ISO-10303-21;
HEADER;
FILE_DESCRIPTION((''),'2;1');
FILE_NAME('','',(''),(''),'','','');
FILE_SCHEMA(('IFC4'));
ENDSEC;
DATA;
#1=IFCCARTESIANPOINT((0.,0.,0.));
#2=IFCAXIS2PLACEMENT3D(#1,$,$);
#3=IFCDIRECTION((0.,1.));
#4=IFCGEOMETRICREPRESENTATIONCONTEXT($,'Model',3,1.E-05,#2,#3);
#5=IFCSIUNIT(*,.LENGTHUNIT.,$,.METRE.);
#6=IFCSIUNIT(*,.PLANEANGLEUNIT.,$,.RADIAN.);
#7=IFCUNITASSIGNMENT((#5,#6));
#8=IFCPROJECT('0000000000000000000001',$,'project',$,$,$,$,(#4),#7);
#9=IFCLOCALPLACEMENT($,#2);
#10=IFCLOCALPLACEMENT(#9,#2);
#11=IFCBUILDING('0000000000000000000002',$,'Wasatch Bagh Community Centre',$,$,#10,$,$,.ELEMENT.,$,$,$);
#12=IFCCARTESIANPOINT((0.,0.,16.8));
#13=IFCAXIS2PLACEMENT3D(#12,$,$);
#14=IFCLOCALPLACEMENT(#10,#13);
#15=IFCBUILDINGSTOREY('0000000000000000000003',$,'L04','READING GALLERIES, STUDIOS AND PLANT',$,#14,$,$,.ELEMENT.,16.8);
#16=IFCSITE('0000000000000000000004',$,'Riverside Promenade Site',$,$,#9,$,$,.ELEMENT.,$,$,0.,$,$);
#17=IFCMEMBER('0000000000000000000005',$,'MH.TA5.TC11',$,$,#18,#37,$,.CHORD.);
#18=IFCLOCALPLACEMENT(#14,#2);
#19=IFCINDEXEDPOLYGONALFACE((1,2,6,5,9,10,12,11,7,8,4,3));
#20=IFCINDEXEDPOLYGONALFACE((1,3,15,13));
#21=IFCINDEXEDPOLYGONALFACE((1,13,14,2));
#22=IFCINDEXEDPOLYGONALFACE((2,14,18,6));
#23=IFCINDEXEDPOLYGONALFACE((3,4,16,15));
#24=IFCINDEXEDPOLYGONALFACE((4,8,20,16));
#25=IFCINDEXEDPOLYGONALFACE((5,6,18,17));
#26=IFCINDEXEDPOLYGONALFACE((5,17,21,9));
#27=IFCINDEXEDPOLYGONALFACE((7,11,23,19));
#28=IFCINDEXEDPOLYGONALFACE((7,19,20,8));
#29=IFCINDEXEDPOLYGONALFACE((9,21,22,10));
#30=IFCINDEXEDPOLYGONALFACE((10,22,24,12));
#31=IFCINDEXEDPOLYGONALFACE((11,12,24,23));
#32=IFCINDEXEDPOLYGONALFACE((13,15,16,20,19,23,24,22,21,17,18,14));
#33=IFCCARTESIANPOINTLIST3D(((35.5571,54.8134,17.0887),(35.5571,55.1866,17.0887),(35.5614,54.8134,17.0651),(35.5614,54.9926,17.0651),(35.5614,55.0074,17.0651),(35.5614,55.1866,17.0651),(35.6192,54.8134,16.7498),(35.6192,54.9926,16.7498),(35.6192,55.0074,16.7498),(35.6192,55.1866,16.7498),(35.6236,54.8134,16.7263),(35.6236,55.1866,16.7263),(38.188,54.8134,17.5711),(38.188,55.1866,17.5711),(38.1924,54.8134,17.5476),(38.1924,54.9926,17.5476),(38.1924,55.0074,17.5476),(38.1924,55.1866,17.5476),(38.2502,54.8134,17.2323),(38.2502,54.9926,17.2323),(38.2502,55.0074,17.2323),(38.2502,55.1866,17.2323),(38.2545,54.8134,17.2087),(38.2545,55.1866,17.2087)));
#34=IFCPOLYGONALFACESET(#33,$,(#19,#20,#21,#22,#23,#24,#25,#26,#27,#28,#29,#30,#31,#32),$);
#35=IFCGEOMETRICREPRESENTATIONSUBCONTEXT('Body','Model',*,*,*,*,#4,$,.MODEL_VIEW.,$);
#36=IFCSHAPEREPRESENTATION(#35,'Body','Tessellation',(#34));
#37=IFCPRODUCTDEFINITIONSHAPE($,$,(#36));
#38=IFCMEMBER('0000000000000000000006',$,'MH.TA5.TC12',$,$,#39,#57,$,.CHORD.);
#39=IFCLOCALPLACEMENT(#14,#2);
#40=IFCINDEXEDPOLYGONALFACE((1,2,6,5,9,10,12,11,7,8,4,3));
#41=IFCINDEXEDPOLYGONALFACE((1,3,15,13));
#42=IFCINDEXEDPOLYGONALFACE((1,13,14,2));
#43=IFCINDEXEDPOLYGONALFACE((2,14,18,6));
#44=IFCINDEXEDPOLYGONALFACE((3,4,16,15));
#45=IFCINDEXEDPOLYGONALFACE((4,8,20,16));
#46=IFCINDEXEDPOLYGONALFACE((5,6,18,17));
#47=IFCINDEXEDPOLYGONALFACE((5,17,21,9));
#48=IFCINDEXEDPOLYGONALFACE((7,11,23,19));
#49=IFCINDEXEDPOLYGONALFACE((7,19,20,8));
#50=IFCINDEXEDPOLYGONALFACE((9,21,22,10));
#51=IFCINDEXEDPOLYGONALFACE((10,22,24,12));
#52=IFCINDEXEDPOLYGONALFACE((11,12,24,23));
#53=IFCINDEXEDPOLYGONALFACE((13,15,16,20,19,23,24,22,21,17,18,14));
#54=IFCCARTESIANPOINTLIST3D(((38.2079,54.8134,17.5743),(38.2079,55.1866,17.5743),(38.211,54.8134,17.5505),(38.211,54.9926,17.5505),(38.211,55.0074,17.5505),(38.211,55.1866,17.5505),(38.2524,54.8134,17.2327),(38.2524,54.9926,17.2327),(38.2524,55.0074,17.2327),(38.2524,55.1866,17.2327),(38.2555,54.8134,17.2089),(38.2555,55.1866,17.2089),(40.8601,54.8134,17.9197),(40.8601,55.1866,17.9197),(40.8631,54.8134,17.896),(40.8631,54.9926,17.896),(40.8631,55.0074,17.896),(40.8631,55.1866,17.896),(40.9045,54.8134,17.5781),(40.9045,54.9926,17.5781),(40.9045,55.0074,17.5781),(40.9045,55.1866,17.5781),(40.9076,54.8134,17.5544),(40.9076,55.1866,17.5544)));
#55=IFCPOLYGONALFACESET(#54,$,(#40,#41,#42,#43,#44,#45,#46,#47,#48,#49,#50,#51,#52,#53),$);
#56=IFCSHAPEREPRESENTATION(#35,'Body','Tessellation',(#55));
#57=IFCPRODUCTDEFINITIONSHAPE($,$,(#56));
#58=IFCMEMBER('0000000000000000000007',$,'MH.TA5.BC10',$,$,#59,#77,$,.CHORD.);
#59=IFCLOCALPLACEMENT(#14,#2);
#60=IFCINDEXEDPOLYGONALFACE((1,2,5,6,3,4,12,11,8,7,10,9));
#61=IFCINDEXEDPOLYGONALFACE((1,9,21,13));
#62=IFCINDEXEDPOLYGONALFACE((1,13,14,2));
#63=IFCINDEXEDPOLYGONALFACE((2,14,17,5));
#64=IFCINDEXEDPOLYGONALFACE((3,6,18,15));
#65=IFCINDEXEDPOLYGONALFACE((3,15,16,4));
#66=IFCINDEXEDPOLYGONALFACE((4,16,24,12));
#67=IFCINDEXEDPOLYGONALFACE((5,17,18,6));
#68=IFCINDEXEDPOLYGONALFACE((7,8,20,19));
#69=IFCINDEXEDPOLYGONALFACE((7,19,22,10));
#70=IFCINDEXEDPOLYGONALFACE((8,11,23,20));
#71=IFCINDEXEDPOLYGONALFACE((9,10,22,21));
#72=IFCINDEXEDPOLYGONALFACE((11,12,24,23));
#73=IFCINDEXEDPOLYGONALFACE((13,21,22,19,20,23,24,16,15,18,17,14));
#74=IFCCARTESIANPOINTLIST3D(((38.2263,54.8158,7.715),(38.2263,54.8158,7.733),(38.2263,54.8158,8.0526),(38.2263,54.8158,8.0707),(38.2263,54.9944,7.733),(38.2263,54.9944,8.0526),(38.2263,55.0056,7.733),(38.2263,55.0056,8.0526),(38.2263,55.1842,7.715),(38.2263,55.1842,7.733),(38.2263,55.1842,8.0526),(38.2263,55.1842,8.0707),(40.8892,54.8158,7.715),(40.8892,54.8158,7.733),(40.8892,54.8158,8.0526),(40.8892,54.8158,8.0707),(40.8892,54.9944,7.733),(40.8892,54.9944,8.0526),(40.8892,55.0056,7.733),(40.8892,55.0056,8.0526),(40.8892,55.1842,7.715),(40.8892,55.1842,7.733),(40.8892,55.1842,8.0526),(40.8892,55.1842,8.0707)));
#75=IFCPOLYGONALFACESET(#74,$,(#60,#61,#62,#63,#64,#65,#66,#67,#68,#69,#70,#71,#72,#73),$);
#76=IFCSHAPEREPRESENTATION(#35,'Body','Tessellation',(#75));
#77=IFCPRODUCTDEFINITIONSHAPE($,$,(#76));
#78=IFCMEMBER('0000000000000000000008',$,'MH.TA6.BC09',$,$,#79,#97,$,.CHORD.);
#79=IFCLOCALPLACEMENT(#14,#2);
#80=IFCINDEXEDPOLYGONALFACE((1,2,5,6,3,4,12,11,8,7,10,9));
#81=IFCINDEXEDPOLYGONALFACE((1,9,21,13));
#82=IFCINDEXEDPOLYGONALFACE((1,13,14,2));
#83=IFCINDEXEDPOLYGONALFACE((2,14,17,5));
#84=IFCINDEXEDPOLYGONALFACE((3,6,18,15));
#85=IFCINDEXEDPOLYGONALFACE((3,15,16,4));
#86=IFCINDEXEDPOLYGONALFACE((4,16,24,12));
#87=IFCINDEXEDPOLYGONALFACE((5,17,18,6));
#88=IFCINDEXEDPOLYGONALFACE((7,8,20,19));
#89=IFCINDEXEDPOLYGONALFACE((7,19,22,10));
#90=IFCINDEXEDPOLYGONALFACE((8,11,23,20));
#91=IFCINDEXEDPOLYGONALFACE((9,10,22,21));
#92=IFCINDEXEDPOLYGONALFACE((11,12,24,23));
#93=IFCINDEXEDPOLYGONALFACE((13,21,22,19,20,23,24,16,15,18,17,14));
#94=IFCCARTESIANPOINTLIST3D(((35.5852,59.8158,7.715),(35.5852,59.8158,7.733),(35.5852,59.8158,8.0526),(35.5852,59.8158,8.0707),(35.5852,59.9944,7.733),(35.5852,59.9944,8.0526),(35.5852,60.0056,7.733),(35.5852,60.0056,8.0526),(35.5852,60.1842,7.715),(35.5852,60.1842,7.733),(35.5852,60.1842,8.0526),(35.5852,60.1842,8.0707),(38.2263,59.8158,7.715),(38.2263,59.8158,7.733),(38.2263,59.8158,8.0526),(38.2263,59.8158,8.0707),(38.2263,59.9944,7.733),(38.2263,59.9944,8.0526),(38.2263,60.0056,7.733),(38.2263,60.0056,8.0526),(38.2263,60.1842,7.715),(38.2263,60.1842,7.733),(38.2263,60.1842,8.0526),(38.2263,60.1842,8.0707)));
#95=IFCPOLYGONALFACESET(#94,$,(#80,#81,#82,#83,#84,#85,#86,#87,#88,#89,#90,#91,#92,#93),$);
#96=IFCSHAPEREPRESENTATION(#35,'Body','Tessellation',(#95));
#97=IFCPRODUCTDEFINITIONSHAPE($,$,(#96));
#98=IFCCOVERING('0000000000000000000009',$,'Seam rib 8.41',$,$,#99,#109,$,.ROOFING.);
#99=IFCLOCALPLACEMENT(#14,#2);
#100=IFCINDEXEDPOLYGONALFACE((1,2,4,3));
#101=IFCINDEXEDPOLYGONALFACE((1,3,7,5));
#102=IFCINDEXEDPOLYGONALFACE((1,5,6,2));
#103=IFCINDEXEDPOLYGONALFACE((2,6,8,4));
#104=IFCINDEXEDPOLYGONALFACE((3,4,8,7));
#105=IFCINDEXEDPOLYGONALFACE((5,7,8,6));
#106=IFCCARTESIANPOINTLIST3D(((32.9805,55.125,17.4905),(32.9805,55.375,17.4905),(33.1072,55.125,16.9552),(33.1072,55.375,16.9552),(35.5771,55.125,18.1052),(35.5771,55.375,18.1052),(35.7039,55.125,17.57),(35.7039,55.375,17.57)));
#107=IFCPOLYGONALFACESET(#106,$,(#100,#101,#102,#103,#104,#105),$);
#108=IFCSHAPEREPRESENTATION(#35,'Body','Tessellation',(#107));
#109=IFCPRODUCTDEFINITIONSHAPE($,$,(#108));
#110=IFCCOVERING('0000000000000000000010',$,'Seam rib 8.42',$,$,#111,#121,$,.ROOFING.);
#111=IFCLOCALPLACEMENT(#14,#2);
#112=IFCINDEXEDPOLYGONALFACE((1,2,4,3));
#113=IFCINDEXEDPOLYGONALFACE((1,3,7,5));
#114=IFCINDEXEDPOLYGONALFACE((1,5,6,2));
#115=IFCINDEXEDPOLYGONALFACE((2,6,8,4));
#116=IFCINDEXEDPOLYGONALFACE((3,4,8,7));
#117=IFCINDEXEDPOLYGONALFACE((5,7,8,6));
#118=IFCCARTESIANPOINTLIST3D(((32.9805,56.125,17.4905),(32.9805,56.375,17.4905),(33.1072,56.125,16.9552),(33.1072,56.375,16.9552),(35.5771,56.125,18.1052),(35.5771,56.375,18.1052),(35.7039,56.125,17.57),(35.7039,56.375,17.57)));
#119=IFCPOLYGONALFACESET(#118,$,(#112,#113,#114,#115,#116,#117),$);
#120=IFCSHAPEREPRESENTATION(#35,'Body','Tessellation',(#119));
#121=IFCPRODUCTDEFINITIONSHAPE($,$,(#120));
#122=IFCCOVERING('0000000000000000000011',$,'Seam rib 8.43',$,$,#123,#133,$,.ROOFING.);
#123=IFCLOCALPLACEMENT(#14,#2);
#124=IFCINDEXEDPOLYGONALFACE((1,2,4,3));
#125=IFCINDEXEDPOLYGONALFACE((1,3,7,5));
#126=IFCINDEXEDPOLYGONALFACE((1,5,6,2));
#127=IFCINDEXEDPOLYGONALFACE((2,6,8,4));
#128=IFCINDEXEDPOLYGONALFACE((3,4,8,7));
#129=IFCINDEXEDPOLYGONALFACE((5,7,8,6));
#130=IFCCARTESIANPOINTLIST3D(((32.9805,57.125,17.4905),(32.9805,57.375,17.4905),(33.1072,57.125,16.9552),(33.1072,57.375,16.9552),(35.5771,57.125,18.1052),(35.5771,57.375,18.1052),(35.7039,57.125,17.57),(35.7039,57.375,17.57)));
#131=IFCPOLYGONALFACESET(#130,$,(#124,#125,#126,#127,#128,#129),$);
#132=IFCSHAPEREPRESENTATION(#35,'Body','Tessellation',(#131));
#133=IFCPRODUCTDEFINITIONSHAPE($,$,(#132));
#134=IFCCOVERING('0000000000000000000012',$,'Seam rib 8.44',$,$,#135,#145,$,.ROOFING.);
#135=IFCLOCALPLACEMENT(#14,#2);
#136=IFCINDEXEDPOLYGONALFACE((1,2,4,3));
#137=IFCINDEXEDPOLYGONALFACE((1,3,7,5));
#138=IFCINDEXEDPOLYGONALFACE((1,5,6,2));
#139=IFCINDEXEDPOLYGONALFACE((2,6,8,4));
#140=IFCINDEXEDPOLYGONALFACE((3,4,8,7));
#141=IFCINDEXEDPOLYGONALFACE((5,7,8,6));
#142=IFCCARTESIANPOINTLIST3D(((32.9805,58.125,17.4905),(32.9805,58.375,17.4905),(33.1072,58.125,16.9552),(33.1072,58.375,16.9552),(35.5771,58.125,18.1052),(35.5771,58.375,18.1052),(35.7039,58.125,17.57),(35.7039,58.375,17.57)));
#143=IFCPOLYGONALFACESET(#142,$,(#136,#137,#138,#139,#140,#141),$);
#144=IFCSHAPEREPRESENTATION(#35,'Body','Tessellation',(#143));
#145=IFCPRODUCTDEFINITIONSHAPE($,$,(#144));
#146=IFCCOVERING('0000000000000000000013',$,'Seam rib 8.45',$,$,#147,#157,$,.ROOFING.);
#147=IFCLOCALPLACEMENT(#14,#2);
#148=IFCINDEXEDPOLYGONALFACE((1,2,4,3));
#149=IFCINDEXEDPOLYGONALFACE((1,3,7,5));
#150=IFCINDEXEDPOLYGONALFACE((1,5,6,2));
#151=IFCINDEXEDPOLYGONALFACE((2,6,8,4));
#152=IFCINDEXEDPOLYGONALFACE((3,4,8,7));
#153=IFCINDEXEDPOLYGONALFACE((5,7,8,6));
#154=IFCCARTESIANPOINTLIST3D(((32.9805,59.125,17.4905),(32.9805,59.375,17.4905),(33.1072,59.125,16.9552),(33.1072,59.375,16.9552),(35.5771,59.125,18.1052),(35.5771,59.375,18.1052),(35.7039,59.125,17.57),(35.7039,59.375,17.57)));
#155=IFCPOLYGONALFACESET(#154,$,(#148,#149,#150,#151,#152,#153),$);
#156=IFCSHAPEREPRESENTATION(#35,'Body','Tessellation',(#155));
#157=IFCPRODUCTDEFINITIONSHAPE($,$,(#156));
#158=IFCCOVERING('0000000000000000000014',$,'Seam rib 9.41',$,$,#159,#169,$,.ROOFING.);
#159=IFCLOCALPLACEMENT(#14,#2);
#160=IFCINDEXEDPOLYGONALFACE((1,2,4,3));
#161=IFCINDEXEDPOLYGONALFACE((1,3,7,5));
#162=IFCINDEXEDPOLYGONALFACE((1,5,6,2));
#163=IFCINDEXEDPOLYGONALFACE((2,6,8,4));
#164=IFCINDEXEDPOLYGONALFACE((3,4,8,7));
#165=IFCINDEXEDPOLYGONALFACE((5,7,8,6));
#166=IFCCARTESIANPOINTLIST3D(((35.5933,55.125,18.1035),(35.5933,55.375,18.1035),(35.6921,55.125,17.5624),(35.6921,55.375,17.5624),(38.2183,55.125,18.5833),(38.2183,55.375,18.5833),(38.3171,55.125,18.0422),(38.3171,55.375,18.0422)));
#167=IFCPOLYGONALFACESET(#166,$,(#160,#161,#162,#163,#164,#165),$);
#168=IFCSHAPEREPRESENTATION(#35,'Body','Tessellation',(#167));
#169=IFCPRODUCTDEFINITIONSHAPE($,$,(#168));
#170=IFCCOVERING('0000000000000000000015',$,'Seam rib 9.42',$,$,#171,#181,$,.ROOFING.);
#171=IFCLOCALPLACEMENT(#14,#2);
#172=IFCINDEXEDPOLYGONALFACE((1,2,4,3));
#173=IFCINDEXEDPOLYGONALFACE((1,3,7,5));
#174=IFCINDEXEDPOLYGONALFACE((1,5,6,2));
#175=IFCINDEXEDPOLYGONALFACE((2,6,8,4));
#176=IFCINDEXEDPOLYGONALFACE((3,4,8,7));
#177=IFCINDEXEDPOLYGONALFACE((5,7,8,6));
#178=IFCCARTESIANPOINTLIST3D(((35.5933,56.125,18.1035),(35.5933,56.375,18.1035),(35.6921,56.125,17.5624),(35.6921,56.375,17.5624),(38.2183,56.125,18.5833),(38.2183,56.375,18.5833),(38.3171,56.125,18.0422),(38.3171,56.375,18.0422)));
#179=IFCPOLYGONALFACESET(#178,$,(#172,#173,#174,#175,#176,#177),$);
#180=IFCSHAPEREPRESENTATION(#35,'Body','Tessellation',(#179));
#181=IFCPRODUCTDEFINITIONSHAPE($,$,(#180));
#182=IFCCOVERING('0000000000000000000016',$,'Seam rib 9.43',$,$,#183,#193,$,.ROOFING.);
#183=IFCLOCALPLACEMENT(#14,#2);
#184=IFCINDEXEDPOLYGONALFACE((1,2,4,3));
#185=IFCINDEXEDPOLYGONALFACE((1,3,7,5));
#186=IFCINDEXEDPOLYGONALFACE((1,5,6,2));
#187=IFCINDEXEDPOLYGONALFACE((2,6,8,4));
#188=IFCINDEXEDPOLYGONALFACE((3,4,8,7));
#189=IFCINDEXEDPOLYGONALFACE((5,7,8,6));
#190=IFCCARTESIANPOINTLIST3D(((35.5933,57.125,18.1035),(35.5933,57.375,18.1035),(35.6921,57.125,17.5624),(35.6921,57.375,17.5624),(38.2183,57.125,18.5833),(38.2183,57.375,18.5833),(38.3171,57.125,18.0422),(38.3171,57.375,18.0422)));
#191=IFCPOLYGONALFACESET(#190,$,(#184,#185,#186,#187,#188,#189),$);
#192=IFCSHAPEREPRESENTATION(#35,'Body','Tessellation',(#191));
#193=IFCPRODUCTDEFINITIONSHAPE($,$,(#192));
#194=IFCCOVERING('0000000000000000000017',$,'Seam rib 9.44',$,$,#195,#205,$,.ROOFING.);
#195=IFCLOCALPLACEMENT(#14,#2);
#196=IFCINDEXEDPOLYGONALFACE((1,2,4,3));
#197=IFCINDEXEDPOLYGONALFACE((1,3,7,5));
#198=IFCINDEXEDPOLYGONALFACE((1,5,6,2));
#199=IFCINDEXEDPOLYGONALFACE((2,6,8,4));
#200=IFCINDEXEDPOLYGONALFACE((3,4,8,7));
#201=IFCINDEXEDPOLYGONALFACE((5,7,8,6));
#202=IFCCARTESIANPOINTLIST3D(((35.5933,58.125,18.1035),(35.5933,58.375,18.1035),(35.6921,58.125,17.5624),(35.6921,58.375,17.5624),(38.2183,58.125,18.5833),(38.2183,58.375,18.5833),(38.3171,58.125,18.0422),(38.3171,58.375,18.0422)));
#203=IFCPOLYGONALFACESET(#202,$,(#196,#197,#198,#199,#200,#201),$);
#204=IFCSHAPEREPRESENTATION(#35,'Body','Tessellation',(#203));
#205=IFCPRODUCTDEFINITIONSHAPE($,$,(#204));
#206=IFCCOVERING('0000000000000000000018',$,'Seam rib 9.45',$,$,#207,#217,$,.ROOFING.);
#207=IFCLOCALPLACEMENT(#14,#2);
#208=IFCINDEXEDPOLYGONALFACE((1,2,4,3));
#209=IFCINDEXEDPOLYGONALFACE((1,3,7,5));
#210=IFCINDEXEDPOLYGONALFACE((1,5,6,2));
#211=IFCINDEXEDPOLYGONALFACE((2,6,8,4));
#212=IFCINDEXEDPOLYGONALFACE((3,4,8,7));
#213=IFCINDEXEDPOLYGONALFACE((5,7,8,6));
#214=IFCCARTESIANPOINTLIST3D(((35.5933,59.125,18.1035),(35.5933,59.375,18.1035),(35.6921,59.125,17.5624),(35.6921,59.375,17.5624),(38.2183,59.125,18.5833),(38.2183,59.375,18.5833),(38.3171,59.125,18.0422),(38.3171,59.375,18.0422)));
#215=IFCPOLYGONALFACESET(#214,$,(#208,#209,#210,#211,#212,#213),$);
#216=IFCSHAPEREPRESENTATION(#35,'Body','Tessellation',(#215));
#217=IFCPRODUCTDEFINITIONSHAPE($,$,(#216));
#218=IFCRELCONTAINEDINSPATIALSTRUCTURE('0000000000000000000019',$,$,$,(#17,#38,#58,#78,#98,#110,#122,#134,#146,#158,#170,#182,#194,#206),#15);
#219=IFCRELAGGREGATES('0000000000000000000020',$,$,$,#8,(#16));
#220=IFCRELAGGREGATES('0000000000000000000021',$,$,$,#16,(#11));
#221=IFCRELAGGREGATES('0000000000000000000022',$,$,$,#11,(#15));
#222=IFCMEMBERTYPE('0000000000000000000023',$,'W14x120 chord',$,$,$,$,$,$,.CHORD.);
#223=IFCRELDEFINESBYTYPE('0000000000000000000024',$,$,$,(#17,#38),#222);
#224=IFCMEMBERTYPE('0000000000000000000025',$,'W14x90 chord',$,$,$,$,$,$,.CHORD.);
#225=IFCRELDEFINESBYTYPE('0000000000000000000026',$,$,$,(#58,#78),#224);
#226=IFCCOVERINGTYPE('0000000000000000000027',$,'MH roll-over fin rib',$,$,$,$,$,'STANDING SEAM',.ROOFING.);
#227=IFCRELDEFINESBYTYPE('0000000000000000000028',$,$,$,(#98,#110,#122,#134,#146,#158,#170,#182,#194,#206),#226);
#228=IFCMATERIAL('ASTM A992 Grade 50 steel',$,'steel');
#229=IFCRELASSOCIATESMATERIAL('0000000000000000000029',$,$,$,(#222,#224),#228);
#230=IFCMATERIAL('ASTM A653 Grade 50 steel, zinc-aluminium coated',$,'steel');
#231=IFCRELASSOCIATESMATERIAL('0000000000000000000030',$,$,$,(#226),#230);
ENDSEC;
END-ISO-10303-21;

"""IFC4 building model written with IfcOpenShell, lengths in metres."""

from ifc_helpers import new_model, si_unit, direction, frame, origin, origin_2d, place, context, subcontext, project, spatial, polyline, i_section, outline, extrude, material, material_profile, profile_set, type_object, element, save


model = new_model("IFC4")

# Units and contexts
model_context = context("Model", 3, precision=1e-05, world=origin(), true_north=direction((0.0, 1.0)))
body_context = subcontext(model_context, "Body", "Model", "MODEL_VIEW")
ifc_project = project(units=[si_unit("LENGTHUNIT", "METRE"), si_unit("PLANEANGLEUNIT", "RADIAN")], contexts=[model_context])

# Site, building, storey
site_placement = place(None, origin())
site = spatial("IfcSite", under=ifc_project, at=site_placement, Name="Riverside Promenade Site", CompositionType="ELEMENT", RefElevation=0.0)
building_placement = place(site_placement, origin())
building = spatial("IfcBuilding", under=site, at=building_placement, Name="Wasatch Bagh Community Centre", CompositionType="ELEMENT")
storey_placement = place(building_placement, frame((0.0, 0.0, 16.8)))
storey = spatial("IfcBuildingStorey", under=building, at=storey_placement, Name="L04", Description="READING GALLERIES, STUDIOS AND PLANT", CompositionType="ELEMENT", Elevation=16.8)

# Members
ifc_material_1 = material(Name="ASTM A992 Grade 50 steel", Category="steel")
ifc_material_profile_1 = material_profile(ifc_material_1, i_section(OverallWidth=0.3733, OverallDepth=0.3684, WebThickness=0.0149, FlangeThickness=0.0239, at=origin_2d()), Name="W14x120")
ifc_profile_set_1 = profile_set([ifc_material_profile_1], Name="ASTM A992 Grade 50 steel")
member_type_1 = type_object("IfcMemberType", Name="W14x120 chord", PredefinedType="CHORD", material=ifc_profile_set_1)
member_1_placement = place(storey_placement, frame((35.5903, 55.0, 16.9075), z_axis=(0.9836, 0.0, 0.180363), x_axis=(0.0, 1.0, 0.0)))
element("IfcMember", 1, at=member_1_placement, inside=storey, type_object=member_type_1, Name="MH.TA5.TC11", PredefinedType="CHORD", context=body_context, shape_type="SweptSolid", body=[
    extrude(i_section(OverallWidth=0.3733, OverallDepth=0.3684, WebThickness=0.0149, FlangeThickness=0.0239, at=origin_2d()), origin(), (0.0, 0.0, 1.0), 2.6748),
])
member_2_placement = place(storey_placement, frame((38.2317, 55.0, 17.3916), z_axis=(0.991623, 0.0, 0.129167), x_axis=(0.0, 1.0, 0.0)))
element("IfcMember", 2, at=member_2_placement, inside=storey, type_object=member_type_1, Name="MH.TA5.TC12", PredefinedType="CHORD", context=body_context, shape_type="SweptSolid", body=[
    extrude(i_section(OverallWidth=0.3733, OverallDepth=0.3684, WebThickness=0.0149, FlangeThickness=0.0239, at=origin_2d()), origin(), (0.0, 0.0, 1.0), 2.6746),
])
ifc_material_profile_2 = material_profile(ifc_material_1, i_section(OverallWidth=0.3684, OverallDepth=0.3557, WebThickness=0.0112, FlangeThickness=0.0181, at=origin_2d()), Name="W14x90")
ifc_profile_set_2 = profile_set([ifc_material_profile_2], Name="ASTM A992 Grade 50 steel")
member_type_2 = type_object("IfcMemberType", Name="W14x90 chord", PredefinedType="CHORD", material=ifc_profile_set_2)
member_3_placement = place(storey_placement, frame((38.2263, 55.0, 7.8928), z_axis=(1.0, 0.0, 0.0), x_axis=(0.0, 1.0, 0.0)))
element("IfcMember", 3, at=member_3_placement, inside=storey, type_object=member_type_2, Name="MH.TA5.BC10", PredefinedType="CHORD", context=body_context, shape_type="SweptSolid", body=[
    extrude(i_section(OverallWidth=0.3684, OverallDepth=0.3557, WebThickness=0.0112, FlangeThickness=0.0181, at=origin_2d()), origin(), (0.0, 0.0, 1.0), 2.6628),
])
member_4_placement = place(storey_placement, frame((35.5852, 60.0, 7.8928), z_axis=(1.0, 0.0, 0.0), x_axis=(0.0, 1.0, 0.0)))
element("IfcMember", 4, at=member_4_placement, inside=storey, type_object=member_type_2, Name="MH.TA6.BC09", PredefinedType="CHORD", context=body_context, shape_type="SweptSolid", body=[
    extrude(i_section(OverallWidth=0.3684, OverallDepth=0.3557, WebThickness=0.0112, FlangeThickness=0.0181, at=origin_2d()), origin(), (0.0, 0.0, 1.0), 2.6411),
])

# Coverings
ifc_material_2 = material(Name="ASTM A653 Grade 50 steel, zinc-aluminium coated", Category="steel")
covering_type = type_object("IfcCoveringType", Name="MH roll-over fin rib", ElementType="STANDING SEAM", PredefinedType="ROOFING", material=ifc_material_2)
for number, where, z_axis, x_axis, name in (
    (5, (32.9805, 55.125, 17.4905), (-0.230375, 0.0, 0.973102), (0.973102, 0.0, 0.230375), "Seam rib 8.41"),
    (6, (32.9805, 56.125, 17.4905), (-0.230375, 0.0, 0.973102), (0.973102, 0.0, 0.230375), "Seam rib 8.42"),
    (7, (32.9805, 57.125, 17.4905), (-0.230375, 0.0, 0.973102), (0.973102, 0.0, 0.230375), "Seam rib 8.43"),
    (8, (32.9805, 58.125, 17.4905), (-0.230375, 0.0, 0.973102), (0.973102, 0.0, 0.230375), "Seam rib 8.44"),
    (9, (32.9805, 59.125, 17.4905), (-0.230375, 0.0, 0.973102), (0.973102, 0.0, 0.230375), "Seam rib 8.45"),
):
    element("IfcCovering", number, at=place(storey_placement, frame(where, z_axis=z_axis, x_axis=x_axis)), inside=storey, type_object=covering_type, Name=name, PredefinedType="ROOFING", context=body_context, shape_type="SweptSolid", body=[
        extrude(outline(polyline([(0.0, 0.0), (2.6685, 0.0), (2.6685, 0.25), (0.0, 0.25), (0.0, 0.0)])), origin(), (0.0, 0.0, -1.0), 0.55),
    ])
for number, where, z_axis, x_axis, name in (
    (10, (35.5933, 55.125, 18.1035), (-0.179779, 0.0, 0.983707), (0.983707, 0.0, 0.179779), "Seam rib 9.41"),
    (11, (35.5933, 56.125, 18.1035), (-0.179779, 0.0, 0.983707), (0.983707, 0.0, 0.179779), "Seam rib 9.42"),
    (12, (35.5933, 57.125, 18.1035), (-0.179779, 0.0, 0.983707), (0.983707, 0.0, 0.179779), "Seam rib 9.43"),
    (13, (35.5933, 58.125, 18.1035), (-0.179779, 0.0, 0.983707), (0.983707, 0.0, 0.179779), "Seam rib 9.44"),
    (14, (35.5933, 59.125, 18.1035), (-0.179779, 0.0, 0.983707), (0.983707, 0.0, 0.179779), "Seam rib 9.45"),
):
    element("IfcCovering", number, at=place(storey_placement, frame(where, z_axis=z_axis, x_axis=x_axis)), inside=storey, type_object=covering_type, Name=name, PredefinedType="ROOFING", context=body_context, shape_type="SweptSolid", body=[
        extrude(outline(polyline([(0.0, 0.0), (2.6685, 0.0), (2.6685, 0.25), (0.0, 0.25), (0.0, 0.0)])), origin(), (0.0, 0.0, -1.0), 0.55),
    ])

save(model, "model.ifc")
